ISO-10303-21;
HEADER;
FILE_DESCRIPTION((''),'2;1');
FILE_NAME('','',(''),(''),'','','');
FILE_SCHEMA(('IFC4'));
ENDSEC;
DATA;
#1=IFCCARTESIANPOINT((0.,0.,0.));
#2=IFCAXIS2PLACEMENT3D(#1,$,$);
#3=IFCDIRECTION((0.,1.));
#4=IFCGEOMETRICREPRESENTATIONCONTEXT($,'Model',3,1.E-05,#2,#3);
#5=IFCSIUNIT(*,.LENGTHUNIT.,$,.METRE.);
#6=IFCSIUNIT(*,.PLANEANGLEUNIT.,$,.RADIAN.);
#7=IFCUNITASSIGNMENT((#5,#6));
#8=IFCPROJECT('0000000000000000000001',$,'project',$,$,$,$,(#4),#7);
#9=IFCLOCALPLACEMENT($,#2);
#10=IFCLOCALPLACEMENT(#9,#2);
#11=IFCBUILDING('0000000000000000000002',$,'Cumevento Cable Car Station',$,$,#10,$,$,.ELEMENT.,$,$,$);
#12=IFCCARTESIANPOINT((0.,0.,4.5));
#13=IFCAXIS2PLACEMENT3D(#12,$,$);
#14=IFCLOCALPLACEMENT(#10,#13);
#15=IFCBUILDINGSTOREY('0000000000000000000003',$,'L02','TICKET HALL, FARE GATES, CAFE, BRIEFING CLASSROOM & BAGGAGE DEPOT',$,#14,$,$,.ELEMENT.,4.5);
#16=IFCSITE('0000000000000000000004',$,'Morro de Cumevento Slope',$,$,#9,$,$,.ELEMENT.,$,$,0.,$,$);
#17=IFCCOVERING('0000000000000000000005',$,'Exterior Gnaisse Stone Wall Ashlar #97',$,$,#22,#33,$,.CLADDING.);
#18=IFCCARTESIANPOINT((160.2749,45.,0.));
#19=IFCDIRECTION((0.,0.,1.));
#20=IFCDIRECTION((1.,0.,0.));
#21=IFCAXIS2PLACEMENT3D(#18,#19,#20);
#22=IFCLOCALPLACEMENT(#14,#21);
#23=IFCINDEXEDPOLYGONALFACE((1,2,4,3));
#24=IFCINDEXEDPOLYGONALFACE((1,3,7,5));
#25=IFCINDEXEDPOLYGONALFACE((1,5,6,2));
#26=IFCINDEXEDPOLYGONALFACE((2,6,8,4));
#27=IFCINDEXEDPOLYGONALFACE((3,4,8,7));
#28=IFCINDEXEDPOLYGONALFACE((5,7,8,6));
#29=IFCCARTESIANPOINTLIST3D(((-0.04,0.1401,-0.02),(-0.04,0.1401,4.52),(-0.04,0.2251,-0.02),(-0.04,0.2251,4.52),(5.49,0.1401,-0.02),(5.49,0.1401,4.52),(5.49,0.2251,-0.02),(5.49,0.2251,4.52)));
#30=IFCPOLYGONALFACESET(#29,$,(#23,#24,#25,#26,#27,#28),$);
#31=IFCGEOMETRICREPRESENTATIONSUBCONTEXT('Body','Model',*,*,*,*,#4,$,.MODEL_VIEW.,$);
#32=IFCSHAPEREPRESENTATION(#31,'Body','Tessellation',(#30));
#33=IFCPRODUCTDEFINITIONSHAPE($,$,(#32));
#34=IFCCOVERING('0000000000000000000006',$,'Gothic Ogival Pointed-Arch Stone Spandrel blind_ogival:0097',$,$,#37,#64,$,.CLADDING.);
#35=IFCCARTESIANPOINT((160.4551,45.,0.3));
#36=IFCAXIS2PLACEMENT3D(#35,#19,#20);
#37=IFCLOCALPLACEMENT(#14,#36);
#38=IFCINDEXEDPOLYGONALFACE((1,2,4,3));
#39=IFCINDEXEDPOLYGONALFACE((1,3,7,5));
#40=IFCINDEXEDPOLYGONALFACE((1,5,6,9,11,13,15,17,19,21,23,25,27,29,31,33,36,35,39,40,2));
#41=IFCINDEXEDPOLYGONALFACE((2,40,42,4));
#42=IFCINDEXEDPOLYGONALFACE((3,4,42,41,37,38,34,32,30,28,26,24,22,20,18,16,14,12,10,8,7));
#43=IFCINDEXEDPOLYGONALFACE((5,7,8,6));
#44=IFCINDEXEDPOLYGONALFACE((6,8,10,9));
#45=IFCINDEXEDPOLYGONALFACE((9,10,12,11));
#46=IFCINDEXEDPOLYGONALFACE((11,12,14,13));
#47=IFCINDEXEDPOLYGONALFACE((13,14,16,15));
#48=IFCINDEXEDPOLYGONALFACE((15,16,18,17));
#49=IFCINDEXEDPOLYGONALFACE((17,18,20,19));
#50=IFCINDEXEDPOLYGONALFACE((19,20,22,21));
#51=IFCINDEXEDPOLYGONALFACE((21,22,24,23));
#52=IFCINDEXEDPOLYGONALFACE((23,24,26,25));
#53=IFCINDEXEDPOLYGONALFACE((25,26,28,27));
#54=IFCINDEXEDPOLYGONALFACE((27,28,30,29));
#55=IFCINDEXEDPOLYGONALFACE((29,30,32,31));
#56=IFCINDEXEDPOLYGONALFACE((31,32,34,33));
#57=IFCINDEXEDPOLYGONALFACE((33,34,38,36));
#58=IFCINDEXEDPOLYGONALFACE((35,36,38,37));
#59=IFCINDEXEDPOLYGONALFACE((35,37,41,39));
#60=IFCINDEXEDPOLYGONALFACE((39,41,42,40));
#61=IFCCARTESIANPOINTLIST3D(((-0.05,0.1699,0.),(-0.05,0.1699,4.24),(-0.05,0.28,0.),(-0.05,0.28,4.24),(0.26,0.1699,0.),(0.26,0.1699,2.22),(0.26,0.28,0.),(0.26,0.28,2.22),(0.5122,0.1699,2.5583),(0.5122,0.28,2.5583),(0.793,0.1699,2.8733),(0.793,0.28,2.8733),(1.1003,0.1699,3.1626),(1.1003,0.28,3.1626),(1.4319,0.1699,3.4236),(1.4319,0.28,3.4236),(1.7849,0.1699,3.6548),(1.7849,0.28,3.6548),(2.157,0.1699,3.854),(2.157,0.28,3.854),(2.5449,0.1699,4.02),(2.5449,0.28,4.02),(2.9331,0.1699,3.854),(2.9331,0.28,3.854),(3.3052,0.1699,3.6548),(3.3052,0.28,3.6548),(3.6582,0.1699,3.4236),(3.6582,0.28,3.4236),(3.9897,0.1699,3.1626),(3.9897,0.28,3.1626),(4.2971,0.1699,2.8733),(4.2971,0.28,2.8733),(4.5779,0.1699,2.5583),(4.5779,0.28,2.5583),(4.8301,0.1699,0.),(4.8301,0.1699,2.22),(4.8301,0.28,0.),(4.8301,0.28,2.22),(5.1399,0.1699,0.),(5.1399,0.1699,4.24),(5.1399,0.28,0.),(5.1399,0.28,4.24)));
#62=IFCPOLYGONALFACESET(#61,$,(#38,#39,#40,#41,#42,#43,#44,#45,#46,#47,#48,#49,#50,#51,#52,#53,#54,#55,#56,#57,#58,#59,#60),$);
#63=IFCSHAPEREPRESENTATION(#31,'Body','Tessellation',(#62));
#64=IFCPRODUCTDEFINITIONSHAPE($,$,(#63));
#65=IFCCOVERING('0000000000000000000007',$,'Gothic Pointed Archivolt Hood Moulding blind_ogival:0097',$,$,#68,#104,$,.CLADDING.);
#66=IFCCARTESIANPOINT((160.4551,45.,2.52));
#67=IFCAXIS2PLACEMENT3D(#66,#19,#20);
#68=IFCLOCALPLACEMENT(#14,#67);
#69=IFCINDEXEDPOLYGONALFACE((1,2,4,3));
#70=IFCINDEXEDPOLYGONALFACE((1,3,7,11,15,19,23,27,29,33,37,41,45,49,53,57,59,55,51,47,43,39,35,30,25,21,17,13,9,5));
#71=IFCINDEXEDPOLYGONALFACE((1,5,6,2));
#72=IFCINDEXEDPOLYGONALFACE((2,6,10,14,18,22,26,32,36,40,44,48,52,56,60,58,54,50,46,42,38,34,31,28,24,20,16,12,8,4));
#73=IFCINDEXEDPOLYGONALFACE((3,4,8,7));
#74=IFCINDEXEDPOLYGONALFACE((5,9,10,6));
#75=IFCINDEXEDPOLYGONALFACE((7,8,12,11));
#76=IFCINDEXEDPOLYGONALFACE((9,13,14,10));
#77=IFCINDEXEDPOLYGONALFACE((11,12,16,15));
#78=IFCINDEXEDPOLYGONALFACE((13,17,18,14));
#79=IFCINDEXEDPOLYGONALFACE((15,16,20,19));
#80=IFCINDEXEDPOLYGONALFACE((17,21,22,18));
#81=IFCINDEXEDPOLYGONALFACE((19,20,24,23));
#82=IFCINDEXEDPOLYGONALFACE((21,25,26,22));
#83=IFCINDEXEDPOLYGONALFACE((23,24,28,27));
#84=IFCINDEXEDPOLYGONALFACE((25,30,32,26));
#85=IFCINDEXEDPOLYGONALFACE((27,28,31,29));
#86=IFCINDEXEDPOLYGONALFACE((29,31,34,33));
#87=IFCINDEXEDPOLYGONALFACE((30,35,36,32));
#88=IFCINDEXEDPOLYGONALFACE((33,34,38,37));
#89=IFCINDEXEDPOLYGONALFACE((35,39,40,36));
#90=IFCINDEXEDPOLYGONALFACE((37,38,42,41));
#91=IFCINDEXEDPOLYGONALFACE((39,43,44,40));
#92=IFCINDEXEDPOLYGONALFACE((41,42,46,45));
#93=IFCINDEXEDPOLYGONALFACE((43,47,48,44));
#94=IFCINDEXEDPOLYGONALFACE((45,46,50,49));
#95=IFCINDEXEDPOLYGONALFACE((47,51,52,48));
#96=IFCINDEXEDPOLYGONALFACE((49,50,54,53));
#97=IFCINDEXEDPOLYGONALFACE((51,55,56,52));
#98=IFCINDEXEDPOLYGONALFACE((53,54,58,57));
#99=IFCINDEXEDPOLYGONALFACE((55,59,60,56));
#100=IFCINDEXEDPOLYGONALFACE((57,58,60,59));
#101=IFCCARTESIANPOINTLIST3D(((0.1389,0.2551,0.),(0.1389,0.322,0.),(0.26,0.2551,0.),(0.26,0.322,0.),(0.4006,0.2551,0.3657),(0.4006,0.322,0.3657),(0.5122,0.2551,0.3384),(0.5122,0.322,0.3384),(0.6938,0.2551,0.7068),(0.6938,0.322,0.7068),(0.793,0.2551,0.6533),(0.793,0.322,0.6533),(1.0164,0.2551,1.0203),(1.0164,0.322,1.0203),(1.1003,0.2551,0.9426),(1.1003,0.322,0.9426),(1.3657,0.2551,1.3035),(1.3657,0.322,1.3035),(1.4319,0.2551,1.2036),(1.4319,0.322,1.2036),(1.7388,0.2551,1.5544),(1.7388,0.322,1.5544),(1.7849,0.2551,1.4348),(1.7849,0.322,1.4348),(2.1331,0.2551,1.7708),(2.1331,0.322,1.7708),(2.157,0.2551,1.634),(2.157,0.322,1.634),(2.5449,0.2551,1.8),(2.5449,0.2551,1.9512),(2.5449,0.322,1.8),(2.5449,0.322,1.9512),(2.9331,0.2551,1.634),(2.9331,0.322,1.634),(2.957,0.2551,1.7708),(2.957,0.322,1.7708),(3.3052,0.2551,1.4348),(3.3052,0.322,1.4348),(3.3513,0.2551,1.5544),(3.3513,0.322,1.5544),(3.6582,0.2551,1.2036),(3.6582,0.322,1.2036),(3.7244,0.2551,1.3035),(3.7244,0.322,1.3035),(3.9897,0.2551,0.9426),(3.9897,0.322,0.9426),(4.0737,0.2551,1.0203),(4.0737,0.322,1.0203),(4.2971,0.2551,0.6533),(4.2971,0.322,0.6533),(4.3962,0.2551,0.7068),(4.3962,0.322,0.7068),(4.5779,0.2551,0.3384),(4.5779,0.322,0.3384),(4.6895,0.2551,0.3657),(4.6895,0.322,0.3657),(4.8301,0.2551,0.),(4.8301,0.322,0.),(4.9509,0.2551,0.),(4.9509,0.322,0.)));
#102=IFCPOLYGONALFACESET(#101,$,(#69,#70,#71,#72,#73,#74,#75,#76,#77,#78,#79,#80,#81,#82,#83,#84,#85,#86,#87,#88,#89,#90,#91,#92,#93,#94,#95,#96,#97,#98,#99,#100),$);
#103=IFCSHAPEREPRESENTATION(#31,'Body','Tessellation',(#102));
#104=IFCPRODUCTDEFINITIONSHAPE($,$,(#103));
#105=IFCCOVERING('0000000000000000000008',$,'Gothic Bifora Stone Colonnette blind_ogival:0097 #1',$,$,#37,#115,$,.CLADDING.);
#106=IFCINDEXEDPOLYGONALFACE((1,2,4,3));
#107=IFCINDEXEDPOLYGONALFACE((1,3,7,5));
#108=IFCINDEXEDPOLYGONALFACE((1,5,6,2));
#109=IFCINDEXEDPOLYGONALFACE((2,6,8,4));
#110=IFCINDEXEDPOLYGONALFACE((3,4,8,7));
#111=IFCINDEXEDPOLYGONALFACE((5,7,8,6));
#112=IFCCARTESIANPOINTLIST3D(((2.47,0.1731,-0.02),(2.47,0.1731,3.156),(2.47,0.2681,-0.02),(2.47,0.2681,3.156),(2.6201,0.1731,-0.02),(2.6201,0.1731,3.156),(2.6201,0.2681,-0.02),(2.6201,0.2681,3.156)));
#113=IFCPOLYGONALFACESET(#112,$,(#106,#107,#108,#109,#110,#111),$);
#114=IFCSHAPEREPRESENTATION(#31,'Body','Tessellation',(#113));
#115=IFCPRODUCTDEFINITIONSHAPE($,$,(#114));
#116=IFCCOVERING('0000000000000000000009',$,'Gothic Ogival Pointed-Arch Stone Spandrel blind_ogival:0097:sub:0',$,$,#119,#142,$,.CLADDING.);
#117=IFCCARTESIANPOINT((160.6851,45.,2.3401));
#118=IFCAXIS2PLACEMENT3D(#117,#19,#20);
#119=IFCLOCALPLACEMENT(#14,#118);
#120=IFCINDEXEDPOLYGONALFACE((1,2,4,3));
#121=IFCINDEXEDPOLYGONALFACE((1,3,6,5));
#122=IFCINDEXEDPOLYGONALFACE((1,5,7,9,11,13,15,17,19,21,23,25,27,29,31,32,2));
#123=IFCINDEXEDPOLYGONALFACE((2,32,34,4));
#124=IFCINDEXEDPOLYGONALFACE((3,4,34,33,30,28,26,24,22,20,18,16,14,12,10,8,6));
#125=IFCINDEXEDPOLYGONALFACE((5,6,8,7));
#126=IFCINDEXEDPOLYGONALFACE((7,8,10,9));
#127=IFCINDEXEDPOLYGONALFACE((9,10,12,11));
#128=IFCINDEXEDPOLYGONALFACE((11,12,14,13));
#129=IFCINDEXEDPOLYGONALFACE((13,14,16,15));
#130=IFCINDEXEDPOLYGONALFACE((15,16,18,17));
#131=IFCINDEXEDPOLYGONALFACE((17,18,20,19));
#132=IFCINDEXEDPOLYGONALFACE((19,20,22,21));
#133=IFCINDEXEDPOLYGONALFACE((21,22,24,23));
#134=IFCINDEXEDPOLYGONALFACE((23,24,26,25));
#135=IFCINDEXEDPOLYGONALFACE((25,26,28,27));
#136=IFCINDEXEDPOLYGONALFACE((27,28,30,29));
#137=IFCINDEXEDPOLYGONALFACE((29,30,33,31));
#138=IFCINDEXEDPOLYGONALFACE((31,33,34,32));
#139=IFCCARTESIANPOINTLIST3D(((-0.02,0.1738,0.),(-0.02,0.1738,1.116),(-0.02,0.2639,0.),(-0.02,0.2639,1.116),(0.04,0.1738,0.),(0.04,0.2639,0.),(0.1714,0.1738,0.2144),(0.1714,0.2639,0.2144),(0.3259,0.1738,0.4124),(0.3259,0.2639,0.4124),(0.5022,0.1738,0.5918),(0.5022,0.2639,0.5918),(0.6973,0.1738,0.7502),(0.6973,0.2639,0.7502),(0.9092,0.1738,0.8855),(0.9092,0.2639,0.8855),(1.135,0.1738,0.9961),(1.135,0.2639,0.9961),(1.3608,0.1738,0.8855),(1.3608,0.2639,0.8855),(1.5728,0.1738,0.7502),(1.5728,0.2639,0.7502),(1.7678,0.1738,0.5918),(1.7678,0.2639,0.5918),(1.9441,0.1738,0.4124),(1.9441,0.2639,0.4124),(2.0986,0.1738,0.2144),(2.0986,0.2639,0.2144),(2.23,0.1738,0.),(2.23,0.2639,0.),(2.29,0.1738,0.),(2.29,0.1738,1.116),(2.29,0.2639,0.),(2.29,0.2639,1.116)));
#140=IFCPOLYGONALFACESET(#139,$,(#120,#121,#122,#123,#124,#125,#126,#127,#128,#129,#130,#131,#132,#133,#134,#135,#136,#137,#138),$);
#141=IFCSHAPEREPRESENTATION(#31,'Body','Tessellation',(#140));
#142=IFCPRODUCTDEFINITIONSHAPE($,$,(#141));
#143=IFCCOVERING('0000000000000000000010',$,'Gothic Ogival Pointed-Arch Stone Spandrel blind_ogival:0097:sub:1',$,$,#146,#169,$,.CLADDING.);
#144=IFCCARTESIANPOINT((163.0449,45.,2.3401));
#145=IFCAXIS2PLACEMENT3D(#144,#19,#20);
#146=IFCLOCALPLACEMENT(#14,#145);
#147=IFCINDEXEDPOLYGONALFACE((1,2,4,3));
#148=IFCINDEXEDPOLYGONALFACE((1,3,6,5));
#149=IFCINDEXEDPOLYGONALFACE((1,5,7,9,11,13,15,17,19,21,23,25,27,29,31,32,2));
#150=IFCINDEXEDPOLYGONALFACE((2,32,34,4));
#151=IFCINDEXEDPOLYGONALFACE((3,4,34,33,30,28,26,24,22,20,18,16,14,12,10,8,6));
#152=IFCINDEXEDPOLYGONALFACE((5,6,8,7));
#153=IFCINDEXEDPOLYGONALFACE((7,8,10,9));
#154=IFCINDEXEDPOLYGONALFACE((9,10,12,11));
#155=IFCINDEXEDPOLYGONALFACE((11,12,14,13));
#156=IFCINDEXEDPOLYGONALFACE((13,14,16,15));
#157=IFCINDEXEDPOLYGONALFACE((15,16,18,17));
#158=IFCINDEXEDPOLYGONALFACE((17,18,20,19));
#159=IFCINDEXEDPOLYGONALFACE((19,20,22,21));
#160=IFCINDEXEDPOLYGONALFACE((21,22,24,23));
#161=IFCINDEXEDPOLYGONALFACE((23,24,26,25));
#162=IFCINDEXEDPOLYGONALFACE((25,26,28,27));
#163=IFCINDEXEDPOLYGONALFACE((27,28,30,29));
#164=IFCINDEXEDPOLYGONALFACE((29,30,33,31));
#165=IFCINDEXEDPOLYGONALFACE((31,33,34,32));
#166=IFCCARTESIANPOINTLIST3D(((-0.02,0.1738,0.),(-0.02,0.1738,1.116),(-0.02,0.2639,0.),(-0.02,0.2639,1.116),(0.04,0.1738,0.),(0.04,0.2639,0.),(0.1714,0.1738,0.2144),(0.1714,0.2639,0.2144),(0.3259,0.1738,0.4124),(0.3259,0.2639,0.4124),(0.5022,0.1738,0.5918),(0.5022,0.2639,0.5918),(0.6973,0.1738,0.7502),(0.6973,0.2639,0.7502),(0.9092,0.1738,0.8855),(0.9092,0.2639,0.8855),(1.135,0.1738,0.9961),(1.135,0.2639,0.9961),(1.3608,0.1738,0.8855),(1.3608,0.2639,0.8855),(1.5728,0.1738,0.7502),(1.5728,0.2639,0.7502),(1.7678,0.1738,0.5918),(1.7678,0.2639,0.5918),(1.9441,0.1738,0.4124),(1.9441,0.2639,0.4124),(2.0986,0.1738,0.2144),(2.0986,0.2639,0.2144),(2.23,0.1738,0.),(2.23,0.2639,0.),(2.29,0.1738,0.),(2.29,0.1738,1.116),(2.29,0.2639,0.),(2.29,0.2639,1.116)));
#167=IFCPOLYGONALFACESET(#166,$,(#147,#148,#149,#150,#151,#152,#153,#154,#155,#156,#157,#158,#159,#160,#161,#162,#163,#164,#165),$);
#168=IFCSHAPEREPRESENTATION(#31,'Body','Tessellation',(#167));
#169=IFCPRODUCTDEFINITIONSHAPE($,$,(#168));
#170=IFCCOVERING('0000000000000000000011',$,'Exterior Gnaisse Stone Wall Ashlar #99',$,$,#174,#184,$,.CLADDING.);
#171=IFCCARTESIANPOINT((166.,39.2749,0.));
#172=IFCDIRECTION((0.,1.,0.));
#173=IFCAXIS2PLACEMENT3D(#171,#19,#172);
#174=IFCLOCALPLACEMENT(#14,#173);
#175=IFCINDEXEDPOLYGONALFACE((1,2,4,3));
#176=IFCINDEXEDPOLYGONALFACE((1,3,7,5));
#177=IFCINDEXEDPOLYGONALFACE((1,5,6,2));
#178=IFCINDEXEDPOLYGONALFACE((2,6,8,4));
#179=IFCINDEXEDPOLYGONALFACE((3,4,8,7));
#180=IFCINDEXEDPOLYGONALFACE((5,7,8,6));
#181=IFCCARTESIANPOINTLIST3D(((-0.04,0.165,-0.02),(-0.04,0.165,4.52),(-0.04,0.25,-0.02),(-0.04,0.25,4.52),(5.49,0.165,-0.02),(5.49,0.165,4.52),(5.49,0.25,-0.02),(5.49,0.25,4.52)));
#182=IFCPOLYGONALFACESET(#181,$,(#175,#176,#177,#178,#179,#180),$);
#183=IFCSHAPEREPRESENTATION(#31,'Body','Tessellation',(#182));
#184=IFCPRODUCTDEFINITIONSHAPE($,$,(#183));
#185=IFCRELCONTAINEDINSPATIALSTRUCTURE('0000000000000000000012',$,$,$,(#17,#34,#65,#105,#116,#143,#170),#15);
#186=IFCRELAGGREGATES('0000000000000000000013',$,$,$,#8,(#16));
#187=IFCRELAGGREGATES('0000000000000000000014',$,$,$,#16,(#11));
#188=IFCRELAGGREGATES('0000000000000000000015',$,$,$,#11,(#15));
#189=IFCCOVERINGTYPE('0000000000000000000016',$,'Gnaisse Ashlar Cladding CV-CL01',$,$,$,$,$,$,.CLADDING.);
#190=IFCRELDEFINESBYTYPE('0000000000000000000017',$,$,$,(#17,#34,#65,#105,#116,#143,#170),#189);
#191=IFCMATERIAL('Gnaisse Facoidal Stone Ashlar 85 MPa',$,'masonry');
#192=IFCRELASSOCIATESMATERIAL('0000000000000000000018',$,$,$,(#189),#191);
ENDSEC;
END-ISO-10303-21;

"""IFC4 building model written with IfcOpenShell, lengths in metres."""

from ifc_helpers import new_model, si_unit, direction, frame, origin, place, context, subcontext, project, spatial, polyline, outline, extrude, material, type_object, element, save


model = new_model("IFC4")

# Units and contexts
model_context = context("Model", 3, precision=1e-05, world=origin(), true_north=direction((0.0, 1.0)))
body_context = subcontext(model_context, "Body", "Model", "MODEL_VIEW")
ifc_project = project(units=[si_unit("LENGTHUNIT", "METRE"), si_unit("PLANEANGLEUNIT", "RADIAN")], contexts=[model_context])

# Site, building, storey
site_placement = place(None, origin())
site = spatial("IfcSite", under=ifc_project, at=site_placement, Name="Morro de Cumevento Slope", CompositionType="ELEMENT", RefElevation=0.0)
building_placement = place(site_placement, origin())
building = spatial("IfcBuilding", under=site, at=building_placement, Name="Cumevento Cable Car Station", CompositionType="ELEMENT")
storey_placement = place(building_placement, frame((0.0, 0.0, 4.5)))
storey = spatial("IfcBuildingStorey", under=building, at=storey_placement, Name="L02", Description="TICKET HALL, FARE GATES, CAFE, BRIEFING CLASSROOM & BAGGAGE DEPOT", CompositionType="ELEMENT", Elevation=4.5)

# Coverings
ifc_material_1 = material(Name="Gnaisse Facoidal Stone Ashlar 85 MPa", Category="masonry")
covering_type = type_object("IfcCoveringType", Name="Gnaisse Ashlar Cladding CV-CL01", PredefinedType="CLADDING", material=ifc_material_1)
covering_1_placement = place(storey_placement, frame((160.2749, 45.0, 0.0), z_axis=(0.0, 0.0, 1.0), x_axis=(1.0, 0.0, 0.0)))
element("IfcCovering", 1, at=covering_1_placement, inside=storey, type_object=covering_type, Name="Exterior Gnaisse Stone Wall Ashlar #97", PredefinedType="CLADDING", context=body_context, shape_type="SweptSolid", body=[
    extrude(outline(polyline([(-0.04, -0.02), (5.49, -0.02), (5.49, 4.52), (-0.04, 4.52), (-0.04, -0.02)])), frame((0.0, 0.2251, 0.0), z_axis=(0.0, -1.0, 0.0), x_axis=(1.0, 0.0, 0.0)), (0.0, 0.0, 1.0), 0.085),
])
placement_1 = place(storey_placement, frame((160.4551, 45.0, 0.3), z_axis=(0.0, 0.0, 1.0), x_axis=(1.0, 0.0, 0.0)))
element("IfcCovering", 2, at=placement_1, inside=storey, type_object=covering_type, Name="Gothic Ogival Pointed-Arch Stone Spandrel blind_ogival:0097", PredefinedType="CLADDING", context=body_context, shape_type="SweptSolid", body=[
    extrude(outline(polyline([(-0.05, 0.0), (-0.05, 4.24), (5.1399, 4.24), (5.1399, 0.0), (4.8301, 0.0), (4.8301, 2.22), (4.5779, 2.5583), (4.2971, 2.8733), (3.9897, 3.1626), (3.6582, 3.4236), (3.3052, 3.6548), (2.9331, 3.854), (2.5449, 4.02), (2.157, 3.854), (1.7849, 3.6548), (1.4319, 3.4236), (1.1003, 3.1626), (0.793, 2.8733), (0.5122, 2.5583), (0.26, 2.22), (0.26, 0.0), (-0.05, 0.0)])), frame((0.0, 0.28, 0.0), z_axis=(0.0, -1.0, 0.0), x_axis=(1.0, 0.0, 0.0)), (0.0, 0.0, 1.0), 0.1101),
])
covering_2_placement = place(storey_placement, frame((160.4551, 45.0, 2.52), z_axis=(0.0, 0.0, 1.0), x_axis=(1.0, 0.0, 0.0)))
element("IfcCovering", 3, at=covering_2_placement, inside=storey, type_object=covering_type, Name="Gothic Pointed Archivolt Hood Moulding blind_ogival:0097", PredefinedType="CLADDING", context=body_context, shape_type="SweptSolid", body=[
    extrude(outline(polyline([(0.26, 0.0), (0.5122, 0.3384), (0.793, 0.6533), (1.1003, 0.9426), (1.4319, 1.2036), (1.7849, 1.4348), (2.157, 1.634), (2.5449, 1.8), (2.9331, 1.634), (3.3052, 1.4348), (3.6582, 1.2036), (3.9897, 0.9426), (4.2971, 0.6533), (4.5779, 0.3384), (4.8301, 0.0), (4.9509, 0.0), (4.6895, 0.3657), (4.3962, 0.7068), (4.0737, 1.0203), (3.7244, 1.3035), (3.3513, 1.5544), (2.957, 1.7708), (2.5449, 1.9512), (2.1331, 1.7708), (1.7388, 1.5544), (1.3657, 1.3035), (1.0164, 1.0203), (0.6938, 0.7068), (0.4006, 0.3657), (0.1389, 0.0), (0.26, 0.0)])), frame((0.0, 0.322, 0.0), z_axis=(0.0, -1.0, 0.0), x_axis=(1.0, 0.0, 0.0)), (0.0, 0.0, 1.0), 0.0669),
])
element("IfcCovering", 4, at=placement_1, inside=storey, type_object=covering_type, Name="Gothic Bifora Stone Colonnette blind_ogival:0097 #1", PredefinedType="CLADDING", context=body_context, shape_type="SweptSolid", body=[
    extrude(outline(polyline([(2.47, -0.02), (2.6201, -0.02), (2.6201, 3.156), (2.47, 3.156), (2.47, -0.02)])), frame((0.0, 0.2681, 0.0), z_axis=(0.0, -1.0, 0.0), x_axis=(1.0, 0.0, 0.0)), (0.0, 0.0, 1.0), 0.095),
])
for number, where, z_axis, x_axis, name in (
    (5, (160.6851, 45.0, 2.3401), (0.0, 0.0, 1.0), (1.0, 0.0, 0.0), "Gothic Ogival Pointed-Arch Stone Spandrel blind_ogival:0097:sub:0"),
    (6, (163.0449, 45.0, 2.3401), (0.0, 0.0, 1.0), (1.0, 0.0, 0.0), "Gothic Ogival Pointed-Arch Stone Spandrel blind_ogival:0097:sub:1"),
):
    element("IfcCovering", number, at=place(storey_placement, frame(where, z_axis=z_axis, x_axis=x_axis)), inside=storey, type_object=covering_type, Name=name, PredefinedType="CLADDING", context=body_context, shape_type="SweptSolid", body=[
        extrude(outline(polyline([(-0.02, 0.0), (-0.02, 1.116), (2.29, 1.116), (2.29, 0.0), (2.23, 0.0), (2.0986, 0.2144), (1.9441, 0.4124), (1.7678, 0.5918), (1.5728, 0.7502), (1.3608, 0.8855), (1.135, 0.9961), (0.9092, 0.8855), (0.6973, 0.7502), (0.5022, 0.5918), (0.3259, 0.4124), (0.1714, 0.2144), (0.04, 0.0), (-0.02, 0.0)])), frame((0.0, 0.2639, 0.0), z_axis=(0.0, -1.0, 0.0), x_axis=(1.0, 0.0, 0.0)), (0.0, 0.0, 1.0), 0.0901),
    ])
covering_3_placement = place(storey_placement, frame((166.0, 39.2749, 0.0), z_axis=(0.0, 0.0, 1.0), x_axis=(0.0, 1.0, 0.0)))
element("IfcCovering", 7, at=covering_3_placement, inside=storey, type_object=covering_type, Name="Exterior Gnaisse Stone Wall Ashlar #99", PredefinedType="CLADDING", context=body_context, shape_type="SweptSolid", body=[
    extrude(outline(polyline([(-0.04, -0.02), (5.49, -0.02), (5.49, 4.52), (-0.04, 4.52), (-0.04, -0.02)])), frame((0.0, 0.25, 0.0), z_axis=(0.0, -1.0, 0.0), x_axis=(1.0, 0.0, 0.0)), (0.0, 0.0, 1.0), 0.085),
])

save(model, "model.ifc")
